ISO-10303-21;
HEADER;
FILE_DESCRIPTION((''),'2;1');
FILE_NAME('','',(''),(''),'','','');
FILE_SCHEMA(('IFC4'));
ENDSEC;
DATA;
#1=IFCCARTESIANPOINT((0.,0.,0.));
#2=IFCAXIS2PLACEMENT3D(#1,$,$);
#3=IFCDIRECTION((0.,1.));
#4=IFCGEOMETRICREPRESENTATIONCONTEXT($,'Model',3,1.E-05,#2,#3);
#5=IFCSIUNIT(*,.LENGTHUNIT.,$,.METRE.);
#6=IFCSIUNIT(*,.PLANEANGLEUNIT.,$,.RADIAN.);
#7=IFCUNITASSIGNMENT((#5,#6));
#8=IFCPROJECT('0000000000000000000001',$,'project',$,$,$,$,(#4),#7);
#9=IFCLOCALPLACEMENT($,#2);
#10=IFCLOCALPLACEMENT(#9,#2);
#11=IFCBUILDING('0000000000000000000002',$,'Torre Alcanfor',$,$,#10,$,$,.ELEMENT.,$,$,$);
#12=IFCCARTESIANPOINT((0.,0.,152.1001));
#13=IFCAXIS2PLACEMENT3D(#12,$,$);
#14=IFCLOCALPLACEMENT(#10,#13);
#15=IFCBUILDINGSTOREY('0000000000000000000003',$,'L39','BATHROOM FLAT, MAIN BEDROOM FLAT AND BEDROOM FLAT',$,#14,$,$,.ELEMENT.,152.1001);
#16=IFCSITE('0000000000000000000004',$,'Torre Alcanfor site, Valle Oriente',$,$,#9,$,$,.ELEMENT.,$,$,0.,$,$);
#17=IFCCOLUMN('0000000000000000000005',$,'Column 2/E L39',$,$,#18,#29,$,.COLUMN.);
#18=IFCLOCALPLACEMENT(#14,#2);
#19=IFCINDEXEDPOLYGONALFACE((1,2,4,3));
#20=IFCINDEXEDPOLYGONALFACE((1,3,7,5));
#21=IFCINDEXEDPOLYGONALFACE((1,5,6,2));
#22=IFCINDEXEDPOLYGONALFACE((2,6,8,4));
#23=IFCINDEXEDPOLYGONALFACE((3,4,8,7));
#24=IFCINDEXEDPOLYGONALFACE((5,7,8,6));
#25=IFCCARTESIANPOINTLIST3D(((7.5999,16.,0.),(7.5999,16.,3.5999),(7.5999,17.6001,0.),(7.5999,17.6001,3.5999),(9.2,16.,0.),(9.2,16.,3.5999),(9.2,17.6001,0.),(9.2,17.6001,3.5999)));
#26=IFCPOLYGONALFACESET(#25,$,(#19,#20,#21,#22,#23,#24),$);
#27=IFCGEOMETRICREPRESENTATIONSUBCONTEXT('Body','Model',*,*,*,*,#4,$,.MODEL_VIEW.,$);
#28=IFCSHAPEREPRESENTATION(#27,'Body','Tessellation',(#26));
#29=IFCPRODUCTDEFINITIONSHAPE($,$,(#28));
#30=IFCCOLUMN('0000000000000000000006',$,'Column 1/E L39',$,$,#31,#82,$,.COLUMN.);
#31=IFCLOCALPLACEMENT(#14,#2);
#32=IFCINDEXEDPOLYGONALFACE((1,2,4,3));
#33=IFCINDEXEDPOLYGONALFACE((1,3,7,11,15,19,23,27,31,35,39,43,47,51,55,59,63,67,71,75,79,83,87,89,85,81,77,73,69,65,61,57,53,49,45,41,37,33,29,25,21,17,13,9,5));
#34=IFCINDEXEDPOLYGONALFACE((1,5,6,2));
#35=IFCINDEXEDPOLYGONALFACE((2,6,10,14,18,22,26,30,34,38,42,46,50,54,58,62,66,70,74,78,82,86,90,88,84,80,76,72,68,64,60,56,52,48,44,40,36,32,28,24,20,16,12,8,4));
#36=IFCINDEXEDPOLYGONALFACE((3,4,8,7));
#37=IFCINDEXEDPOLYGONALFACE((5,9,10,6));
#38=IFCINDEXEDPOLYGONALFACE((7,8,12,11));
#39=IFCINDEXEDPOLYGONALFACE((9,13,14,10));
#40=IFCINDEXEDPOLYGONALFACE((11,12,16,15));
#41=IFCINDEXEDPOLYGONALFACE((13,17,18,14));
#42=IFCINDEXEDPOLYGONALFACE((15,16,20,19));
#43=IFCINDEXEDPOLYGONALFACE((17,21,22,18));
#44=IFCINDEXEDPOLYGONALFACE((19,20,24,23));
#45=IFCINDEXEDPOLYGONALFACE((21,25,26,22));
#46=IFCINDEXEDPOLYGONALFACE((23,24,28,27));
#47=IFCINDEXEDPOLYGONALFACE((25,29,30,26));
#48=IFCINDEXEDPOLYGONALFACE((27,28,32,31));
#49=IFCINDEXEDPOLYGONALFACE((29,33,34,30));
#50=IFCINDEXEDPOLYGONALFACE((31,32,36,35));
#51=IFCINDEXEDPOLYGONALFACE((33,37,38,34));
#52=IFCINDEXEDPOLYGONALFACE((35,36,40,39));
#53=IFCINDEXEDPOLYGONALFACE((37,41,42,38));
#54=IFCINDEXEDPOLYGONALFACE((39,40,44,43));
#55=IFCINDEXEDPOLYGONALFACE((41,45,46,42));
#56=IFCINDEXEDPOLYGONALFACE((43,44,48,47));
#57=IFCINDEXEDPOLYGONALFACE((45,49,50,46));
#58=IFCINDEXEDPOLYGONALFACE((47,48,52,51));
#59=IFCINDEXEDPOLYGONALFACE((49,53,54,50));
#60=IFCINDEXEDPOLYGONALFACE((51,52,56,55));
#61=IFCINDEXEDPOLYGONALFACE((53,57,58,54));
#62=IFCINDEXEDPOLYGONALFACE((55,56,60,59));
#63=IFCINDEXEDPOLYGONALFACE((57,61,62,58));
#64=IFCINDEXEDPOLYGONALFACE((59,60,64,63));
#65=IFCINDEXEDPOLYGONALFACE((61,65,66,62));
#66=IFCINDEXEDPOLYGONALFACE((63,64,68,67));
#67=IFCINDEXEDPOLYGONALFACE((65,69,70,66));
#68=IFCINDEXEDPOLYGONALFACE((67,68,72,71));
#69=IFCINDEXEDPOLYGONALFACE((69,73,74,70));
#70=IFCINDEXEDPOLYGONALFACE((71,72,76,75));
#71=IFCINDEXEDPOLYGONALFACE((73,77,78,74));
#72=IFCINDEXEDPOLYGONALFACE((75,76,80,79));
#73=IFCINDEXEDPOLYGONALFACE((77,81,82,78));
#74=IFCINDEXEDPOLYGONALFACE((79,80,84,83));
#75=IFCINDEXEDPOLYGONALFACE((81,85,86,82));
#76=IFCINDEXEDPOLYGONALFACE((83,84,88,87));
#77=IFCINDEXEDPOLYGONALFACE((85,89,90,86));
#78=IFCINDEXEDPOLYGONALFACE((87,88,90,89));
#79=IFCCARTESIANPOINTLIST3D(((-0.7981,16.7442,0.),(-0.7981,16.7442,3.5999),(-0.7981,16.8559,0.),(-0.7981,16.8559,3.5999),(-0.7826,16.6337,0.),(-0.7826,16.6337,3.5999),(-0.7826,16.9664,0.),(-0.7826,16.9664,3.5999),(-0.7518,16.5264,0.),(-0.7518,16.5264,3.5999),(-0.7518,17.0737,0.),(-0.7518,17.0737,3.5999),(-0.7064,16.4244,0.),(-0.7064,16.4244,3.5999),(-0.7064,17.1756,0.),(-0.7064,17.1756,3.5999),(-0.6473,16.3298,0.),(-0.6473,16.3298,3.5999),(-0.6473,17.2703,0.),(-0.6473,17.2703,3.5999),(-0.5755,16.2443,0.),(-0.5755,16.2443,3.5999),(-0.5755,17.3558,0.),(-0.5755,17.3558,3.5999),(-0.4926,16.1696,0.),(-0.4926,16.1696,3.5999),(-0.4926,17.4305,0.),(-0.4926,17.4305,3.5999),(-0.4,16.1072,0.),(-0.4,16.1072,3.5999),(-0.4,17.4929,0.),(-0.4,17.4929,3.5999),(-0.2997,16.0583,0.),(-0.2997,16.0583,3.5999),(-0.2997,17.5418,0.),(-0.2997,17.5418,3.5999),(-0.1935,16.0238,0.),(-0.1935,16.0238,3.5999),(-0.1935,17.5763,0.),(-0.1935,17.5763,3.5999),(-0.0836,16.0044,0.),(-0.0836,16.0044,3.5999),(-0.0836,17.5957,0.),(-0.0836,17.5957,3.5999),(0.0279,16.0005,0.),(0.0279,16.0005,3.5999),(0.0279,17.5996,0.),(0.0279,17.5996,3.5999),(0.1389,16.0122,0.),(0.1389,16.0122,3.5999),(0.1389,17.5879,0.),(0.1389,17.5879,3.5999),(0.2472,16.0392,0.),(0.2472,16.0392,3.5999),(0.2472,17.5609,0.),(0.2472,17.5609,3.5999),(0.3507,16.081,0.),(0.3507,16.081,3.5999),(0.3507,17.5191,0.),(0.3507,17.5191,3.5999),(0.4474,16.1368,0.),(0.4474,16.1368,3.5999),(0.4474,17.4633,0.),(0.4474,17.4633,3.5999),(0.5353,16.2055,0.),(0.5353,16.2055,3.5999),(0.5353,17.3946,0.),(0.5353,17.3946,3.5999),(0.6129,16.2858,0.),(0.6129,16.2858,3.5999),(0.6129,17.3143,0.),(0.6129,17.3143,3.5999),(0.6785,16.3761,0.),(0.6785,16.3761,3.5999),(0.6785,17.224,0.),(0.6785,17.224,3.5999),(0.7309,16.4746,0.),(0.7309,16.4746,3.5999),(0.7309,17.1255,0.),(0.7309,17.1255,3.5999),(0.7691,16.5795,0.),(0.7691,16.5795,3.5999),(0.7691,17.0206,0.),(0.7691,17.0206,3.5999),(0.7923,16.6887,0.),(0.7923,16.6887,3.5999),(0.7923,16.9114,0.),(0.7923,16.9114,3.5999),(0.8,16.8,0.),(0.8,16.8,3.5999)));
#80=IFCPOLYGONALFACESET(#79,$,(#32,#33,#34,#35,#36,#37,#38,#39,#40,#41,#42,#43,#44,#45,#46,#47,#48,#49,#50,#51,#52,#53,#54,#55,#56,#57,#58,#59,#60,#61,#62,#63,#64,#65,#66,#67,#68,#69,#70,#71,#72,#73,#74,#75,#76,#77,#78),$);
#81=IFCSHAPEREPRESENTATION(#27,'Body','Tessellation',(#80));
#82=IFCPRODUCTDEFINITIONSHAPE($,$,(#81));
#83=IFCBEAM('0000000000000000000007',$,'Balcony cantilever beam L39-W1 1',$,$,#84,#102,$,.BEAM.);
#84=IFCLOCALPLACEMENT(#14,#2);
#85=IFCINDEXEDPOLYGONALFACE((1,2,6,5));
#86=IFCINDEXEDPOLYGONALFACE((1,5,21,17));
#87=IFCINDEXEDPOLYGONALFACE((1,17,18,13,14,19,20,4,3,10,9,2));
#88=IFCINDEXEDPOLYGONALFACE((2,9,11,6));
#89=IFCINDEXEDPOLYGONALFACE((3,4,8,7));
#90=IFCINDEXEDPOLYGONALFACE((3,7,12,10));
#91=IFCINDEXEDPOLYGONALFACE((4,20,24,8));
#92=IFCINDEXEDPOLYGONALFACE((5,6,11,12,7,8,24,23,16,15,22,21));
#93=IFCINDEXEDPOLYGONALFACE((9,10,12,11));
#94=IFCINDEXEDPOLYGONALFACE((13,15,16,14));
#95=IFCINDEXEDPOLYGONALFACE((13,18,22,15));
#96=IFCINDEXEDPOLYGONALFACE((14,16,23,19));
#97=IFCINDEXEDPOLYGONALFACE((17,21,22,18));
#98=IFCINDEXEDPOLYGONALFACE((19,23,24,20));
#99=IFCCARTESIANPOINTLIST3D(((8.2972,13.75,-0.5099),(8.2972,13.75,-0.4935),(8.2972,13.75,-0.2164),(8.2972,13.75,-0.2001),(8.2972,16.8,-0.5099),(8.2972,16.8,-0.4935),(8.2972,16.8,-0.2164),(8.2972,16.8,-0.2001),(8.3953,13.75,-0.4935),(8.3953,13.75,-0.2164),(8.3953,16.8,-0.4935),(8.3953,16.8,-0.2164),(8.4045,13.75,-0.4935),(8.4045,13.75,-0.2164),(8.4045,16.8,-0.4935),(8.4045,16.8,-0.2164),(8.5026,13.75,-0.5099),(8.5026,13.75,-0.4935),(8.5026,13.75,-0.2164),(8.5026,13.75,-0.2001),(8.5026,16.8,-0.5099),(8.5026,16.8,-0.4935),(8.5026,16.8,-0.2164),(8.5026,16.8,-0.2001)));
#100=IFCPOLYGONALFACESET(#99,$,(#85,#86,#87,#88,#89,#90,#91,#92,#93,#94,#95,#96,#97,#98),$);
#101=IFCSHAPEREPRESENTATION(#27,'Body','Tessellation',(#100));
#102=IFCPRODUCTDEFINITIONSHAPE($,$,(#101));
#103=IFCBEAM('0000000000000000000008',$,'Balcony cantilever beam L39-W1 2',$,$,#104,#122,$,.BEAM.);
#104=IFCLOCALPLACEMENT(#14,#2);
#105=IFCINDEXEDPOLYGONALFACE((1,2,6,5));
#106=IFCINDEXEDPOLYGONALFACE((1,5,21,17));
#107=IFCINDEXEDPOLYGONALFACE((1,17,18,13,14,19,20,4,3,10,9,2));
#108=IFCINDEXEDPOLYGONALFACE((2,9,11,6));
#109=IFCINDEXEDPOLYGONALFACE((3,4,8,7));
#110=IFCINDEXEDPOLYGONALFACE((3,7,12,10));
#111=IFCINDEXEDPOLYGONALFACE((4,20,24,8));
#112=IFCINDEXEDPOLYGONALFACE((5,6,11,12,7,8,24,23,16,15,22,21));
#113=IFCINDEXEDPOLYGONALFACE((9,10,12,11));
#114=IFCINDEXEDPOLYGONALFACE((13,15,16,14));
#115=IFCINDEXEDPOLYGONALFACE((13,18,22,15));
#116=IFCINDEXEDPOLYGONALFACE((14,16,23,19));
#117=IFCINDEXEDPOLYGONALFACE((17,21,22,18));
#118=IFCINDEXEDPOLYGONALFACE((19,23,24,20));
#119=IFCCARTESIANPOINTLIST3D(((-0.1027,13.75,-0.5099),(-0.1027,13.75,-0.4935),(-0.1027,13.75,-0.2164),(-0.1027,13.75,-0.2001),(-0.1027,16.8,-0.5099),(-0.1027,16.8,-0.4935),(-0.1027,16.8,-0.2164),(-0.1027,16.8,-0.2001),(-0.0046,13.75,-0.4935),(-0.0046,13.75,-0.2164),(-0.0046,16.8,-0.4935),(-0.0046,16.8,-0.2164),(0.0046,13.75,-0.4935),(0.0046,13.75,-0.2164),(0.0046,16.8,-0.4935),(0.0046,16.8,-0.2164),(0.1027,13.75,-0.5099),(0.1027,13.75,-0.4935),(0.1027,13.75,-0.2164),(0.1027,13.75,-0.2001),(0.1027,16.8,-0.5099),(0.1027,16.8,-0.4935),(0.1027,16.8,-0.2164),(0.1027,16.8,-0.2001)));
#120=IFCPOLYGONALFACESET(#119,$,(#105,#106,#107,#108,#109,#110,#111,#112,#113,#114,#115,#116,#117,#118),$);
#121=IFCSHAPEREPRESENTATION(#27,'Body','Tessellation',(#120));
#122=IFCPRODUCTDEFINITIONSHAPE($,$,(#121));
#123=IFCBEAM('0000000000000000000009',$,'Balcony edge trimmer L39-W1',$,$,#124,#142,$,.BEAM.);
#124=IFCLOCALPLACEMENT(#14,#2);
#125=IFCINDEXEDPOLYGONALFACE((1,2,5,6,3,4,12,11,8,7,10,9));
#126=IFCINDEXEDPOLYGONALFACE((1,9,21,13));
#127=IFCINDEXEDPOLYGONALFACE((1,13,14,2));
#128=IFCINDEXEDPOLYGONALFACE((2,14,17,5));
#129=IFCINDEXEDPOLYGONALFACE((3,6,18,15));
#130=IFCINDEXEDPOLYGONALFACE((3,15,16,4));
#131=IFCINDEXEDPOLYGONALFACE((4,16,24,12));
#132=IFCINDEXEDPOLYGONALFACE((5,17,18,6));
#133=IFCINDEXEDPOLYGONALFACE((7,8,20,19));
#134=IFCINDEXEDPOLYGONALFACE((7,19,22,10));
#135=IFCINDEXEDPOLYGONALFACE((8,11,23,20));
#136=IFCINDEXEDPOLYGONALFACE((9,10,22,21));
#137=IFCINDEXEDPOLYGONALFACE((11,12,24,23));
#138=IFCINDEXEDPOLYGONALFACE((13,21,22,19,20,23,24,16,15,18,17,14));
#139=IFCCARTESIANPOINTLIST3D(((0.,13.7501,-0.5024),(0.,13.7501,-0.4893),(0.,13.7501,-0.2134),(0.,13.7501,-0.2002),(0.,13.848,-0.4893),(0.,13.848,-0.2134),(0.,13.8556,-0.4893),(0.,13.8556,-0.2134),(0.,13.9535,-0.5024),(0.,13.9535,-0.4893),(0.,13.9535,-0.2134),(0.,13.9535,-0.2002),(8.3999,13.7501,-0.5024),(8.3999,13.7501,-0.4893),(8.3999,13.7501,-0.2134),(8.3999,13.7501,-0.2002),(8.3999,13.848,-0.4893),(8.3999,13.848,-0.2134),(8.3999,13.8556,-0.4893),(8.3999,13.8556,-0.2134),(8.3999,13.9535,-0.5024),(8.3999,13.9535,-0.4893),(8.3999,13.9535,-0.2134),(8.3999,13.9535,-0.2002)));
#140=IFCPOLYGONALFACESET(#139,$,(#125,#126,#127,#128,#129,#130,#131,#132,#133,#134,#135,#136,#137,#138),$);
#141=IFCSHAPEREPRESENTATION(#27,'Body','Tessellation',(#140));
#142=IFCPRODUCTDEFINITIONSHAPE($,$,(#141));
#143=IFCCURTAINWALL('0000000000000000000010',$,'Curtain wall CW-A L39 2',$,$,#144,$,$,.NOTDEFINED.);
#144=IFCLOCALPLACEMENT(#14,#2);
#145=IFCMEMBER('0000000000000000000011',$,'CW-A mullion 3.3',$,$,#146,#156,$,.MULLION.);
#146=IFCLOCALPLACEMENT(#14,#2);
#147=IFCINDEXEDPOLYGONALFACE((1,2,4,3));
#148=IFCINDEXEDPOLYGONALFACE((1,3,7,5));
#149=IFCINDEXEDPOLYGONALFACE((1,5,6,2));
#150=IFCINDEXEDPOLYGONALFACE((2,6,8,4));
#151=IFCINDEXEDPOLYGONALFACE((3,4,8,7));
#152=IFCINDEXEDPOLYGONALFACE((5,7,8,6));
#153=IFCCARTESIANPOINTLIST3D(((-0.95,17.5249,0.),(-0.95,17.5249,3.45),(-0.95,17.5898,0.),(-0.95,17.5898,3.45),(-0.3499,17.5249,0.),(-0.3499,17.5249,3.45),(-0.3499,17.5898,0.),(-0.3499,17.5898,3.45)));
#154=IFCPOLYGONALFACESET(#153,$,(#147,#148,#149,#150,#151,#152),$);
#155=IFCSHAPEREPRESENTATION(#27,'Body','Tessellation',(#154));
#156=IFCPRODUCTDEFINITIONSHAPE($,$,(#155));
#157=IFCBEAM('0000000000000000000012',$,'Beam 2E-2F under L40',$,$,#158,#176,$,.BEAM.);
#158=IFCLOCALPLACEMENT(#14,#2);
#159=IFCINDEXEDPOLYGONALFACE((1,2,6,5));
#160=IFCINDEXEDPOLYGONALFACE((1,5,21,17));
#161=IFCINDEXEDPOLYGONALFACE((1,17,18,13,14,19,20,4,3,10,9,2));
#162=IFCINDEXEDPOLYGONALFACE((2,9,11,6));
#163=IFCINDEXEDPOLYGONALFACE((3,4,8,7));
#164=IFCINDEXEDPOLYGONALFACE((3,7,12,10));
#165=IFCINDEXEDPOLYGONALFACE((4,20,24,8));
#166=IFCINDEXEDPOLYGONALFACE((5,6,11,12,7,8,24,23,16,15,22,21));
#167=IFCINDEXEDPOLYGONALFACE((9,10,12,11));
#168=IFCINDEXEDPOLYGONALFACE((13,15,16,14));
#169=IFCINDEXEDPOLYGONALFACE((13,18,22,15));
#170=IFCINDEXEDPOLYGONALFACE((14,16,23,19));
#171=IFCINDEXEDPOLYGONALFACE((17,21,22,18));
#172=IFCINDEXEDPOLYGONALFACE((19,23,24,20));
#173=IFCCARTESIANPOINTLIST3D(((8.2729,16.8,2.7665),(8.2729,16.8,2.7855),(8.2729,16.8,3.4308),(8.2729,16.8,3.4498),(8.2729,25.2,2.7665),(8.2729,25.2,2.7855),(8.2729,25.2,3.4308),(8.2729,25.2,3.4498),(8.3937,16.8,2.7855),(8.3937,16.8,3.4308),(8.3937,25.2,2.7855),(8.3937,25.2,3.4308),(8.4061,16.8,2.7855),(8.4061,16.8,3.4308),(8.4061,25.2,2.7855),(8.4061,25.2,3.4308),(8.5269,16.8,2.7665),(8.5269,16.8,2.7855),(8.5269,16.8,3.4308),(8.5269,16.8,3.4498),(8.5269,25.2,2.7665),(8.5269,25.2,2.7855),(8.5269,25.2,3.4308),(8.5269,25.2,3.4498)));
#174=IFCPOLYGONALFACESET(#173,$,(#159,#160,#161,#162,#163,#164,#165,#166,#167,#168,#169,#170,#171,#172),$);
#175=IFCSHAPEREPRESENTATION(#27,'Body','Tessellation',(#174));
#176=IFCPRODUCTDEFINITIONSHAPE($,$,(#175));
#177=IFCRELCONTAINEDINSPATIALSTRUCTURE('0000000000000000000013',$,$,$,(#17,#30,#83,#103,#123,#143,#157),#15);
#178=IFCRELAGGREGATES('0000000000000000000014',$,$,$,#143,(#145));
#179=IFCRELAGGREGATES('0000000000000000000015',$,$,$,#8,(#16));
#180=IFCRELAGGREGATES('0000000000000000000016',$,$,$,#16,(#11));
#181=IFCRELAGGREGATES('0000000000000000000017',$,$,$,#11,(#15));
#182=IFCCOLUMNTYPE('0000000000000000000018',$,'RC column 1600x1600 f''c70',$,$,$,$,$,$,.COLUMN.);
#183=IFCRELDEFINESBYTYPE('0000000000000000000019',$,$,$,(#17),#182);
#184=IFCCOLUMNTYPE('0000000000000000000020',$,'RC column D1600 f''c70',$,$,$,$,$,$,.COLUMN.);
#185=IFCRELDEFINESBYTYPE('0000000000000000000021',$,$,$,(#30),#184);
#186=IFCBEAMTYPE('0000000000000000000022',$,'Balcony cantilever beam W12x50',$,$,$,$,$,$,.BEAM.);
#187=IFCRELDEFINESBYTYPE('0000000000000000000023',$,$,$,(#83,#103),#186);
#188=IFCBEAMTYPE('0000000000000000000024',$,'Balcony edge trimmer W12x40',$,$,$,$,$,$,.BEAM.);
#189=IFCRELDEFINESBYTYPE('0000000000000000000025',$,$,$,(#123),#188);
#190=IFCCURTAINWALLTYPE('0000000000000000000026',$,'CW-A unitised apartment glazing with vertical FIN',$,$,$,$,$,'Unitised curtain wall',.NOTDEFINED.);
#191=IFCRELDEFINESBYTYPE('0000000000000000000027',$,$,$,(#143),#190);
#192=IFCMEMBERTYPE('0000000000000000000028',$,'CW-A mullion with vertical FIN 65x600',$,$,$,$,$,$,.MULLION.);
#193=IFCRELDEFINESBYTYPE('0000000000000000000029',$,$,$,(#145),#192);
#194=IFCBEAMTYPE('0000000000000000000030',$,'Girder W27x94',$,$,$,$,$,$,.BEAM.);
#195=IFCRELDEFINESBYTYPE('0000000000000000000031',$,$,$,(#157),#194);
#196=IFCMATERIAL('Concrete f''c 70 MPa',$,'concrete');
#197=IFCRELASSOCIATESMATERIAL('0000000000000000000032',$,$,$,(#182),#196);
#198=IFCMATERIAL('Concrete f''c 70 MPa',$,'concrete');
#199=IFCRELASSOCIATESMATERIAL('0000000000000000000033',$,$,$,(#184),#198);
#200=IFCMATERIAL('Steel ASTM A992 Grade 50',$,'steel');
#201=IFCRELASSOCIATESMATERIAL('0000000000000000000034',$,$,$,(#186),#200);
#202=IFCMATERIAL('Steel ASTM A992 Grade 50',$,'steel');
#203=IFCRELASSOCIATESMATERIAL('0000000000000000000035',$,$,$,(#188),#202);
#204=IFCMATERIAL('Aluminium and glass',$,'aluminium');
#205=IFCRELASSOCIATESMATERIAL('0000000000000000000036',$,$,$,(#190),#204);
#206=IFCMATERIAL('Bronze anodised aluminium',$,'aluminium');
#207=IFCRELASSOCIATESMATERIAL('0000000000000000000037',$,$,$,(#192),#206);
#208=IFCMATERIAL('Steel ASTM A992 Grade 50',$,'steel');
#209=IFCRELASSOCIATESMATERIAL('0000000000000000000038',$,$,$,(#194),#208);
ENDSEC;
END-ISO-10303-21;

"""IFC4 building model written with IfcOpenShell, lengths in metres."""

from ifc_helpers import new_model, si_unit, direction, frame, origin, origin_2d, place, context, subcontext, project, spatial, rectangle, circle, i_section, extrude, material, material_profile, profile_set, type_object, element, aggregate, save


model = new_model("IFC4")

# Units and contexts
model_context = context("Model", 3, precision=1e-05, world=origin(), true_north=direction((0.0, 1.0)))
body_context = subcontext(model_context, "Body", "Model", "MODEL_VIEW")
ifc_project = project(units=[si_unit("LENGTHUNIT", "METRE"), si_unit("PLANEANGLEUNIT", "RADIAN")], contexts=[model_context])

# Site, building, storey
site_placement = place(None, origin())
site = spatial("IfcSite", under=ifc_project, at=site_placement, Name="Torre Alcanfor site, Valle Oriente", CompositionType="ELEMENT", RefElevation=0.0)
building_placement = place(site_placement, origin())
building = spatial("IfcBuilding", under=site, at=building_placement, Name="Torre Alcanfor", CompositionType="ELEMENT")
storey_placement = place(building_placement, frame((0.0, 0.0, 152.1001)))
storey = spatial("IfcBuildingStorey", under=building, at=storey_placement, Name="L39", Description="BATHROOM FLAT, MAIN BEDROOM FLAT AND BEDROOM FLAT", CompositionType="ELEMENT", Elevation=152.1001)

# Columns
ifc_material_1 = material(Name="Concrete f'c 70 MPa", Category="concrete")
ifc_material_profile_1 = material_profile(ifc_material_1, rectangle(XDim=1.6001, YDim=1.6001, at=origin_2d()), Name="1600x1600")
ifc_profile_set_1 = profile_set([ifc_material_profile_1], Name="Concrete f'c 70 MPa")
column_type_1 = type_object("IfcColumnType", Name="RC column 1600x1600 f'c70", PredefinedType="COLUMN", material=ifc_profile_set_1)
column_1_placement = place(storey_placement, frame((8.3999, 16.8, 0.0), z_axis=(0.0, 0.0, 1.0), x_axis=(1.0, 0.0, 0.0)))
element("IfcColumn", 1, at=column_1_placement, inside=storey, type_object=column_type_1, Name="Column 2/E L39", PredefinedType="COLUMN", context=body_context, shape_type="SweptSolid", body=[
    extrude(rectangle(XDim=1.6001, YDim=1.6001, at=origin_2d()), origin(), (0.0, 0.0, 1.0), 3.5999),
])
ifc_material_2 = material(Name="Concrete f'c 70 MPa", Category="concrete")
ifc_material_profile_2 = material_profile(ifc_material_2, circle(Radius=0.8, at=origin_2d()), Name="D1600")
ifc_profile_set_2 = profile_set([ifc_material_profile_2], Name="Concrete f'c 70 MPa")
column_type_2 = type_object("IfcColumnType", Name="RC column D1600 f'c70", PredefinedType="COLUMN", material=ifc_profile_set_2)
column_2_placement = place(storey_placement, frame((0.0, 16.8, 0.0), z_axis=(0.0, 0.0, 1.0), x_axis=(1.0, 0.0, 0.0)))
element("IfcColumn", 2, at=column_2_placement, inside=storey, type_object=column_type_2, Name="Column 1/E L39", PredefinedType="COLUMN", context=body_context, shape_type="SweptSolid", body=[
    extrude(circle(Radius=0.8, at=origin_2d()), origin(), (0.0, 0.0, 1.0), 3.5999),
])

# Beams
ifc_material_3 = material(Name="Steel ASTM A992 Grade 50", Category="steel")
ifc_material_profile_3 = material_profile(ifc_material_3, i_section(OverallWidth=0.2053, OverallDepth=0.3098, WebThickness=0.0093, FlangeThickness=0.0164, at=origin_2d()), Name="W12x50")
ifc_profile_set_3 = profile_set([ifc_material_profile_3], Name="Steel ASTM A992 Grade 50")
beam_type_1 = type_object("IfcBeamType", Name="Balcony cantilever beam W12x50", PredefinedType="BEAM", material=ifc_profile_set_3)
for number, where, z_axis, x_axis, name in (
    (3, (8.3999, 16.8, -0.355), (0.0, -1.0, 0.0), (1.0, 0.0, 0.0), "Balcony cantilever beam L39-W1 1"),
    (4, (0.0, 16.8, -0.355), (0.0, -1.0, 0.0), (1.0, 0.0, 0.0), "Balcony cantilever beam L39-W1 2"),
):
    element("IfcBeam", number, at=place(storey_placement, frame(where, z_axis=z_axis, x_axis=x_axis)), inside=storey, type_object=beam_type_1, Name=name, PredefinedType="BEAM", context=body_context, shape_type="SweptSolid", body=[
        extrude(i_section(OverallWidth=0.2053, OverallDepth=0.3098, WebThickness=0.0093, FlangeThickness=0.0164, at=origin_2d()), origin(), (0.0, 0.0, 1.0), 3.05),
    ])
ifc_material_4 = material(Name="Steel ASTM A992 Grade 50", Category="steel")
ifc_material_profile_4 = material_profile(ifc_material_4, i_section(OverallWidth=0.2034, OverallDepth=0.3022, WebThickness=0.0076, FlangeThickness=0.0132, at=origin_2d()), Name="W12x40")
ifc_profile_set_4 = profile_set([ifc_material_profile_4], Name="Steel ASTM A992 Grade 50")
beam_type_2 = type_object("IfcBeamType", Name="Balcony edge trimmer W12x40", PredefinedType="BEAM", material=ifc_profile_set_4)
beam_1_placement = place(storey_placement, frame((8.3999, 13.8518, -0.3513), z_axis=(-1.0, 0.0, 0.0), x_axis=(0.0, -1.0, 0.0)))
element("IfcBeam", 5, at=beam_1_placement, inside=storey, type_object=beam_type_2, Name="Balcony edge trimmer L39-W1", PredefinedType="BEAM", context=body_context, shape_type="SweptSolid", body=[
    extrude(i_section(OverallWidth=0.2034, OverallDepth=0.3022, WebThickness=0.0076, FlangeThickness=0.0132, at=origin_2d()), origin(), (0.0, 0.0, 1.0), 8.3999),
])

# Curtain wall, member
ifc_material_5 = material(Name="Aluminium and glass", Category="aluminium")
curtain_wall_type = type_object("IfcCurtainWallType", Name="CW-A unitised apartment glazing with vertical FIN", ElementType="Unitised curtain wall", PredefinedType="NOTDEFINED", material=ifc_material_5)
curtain_wall_placement = place(storey_placement, origin())
curtain_wall = element("IfcCurtainWall", 6, at=curtain_wall_placement, inside=storey, type_object=curtain_wall_type, Name="Curtain wall CW-A L39 2", PredefinedType="NOTDEFINED")
ifc_material_6 = material(Name="Bronze anodised aluminium", Category="aluminium")
ifc_material_profile_5 = material_profile(ifc_material_6, rectangle(XDim=0.6001, YDim=0.0649, at=origin_2d()), Name="CW-A mullion 65x600")
ifc_profile_set_5 = profile_set([ifc_material_profile_5], Name="Bronze anodised aluminium")
member_type = type_object("IfcMemberType", Name="CW-A mullion with vertical FIN 65x600", PredefinedType="MULLION", material=ifc_profile_set_5)
member_placement = place(storey_placement, frame((-0.6499, 17.5574, 0.0), z_axis=(0.0, 0.0, 1.0), x_axis=(1.0, 0.0, 0.0)))
member = element("IfcMember", 7, at=member_placement, type_object=member_type, Name="CW-A mullion 3.3", PredefinedType="MULLION", context=body_context, shape_type="SweptSolid", body=[
    extrude(rectangle(XDim=0.6001, YDim=0.0649, at=origin_2d()), origin(), (0.0, 0.0, 1.0), 3.45),
])

# Beam
ifc_material_7 = material(Name="Steel ASTM A992 Grade 50", Category="steel")
ifc_material_profile_6 = material_profile(ifc_material_7, i_section(OverallWidth=0.2539, OverallDepth=0.6833, WebThickness=0.0125, FlangeThickness=0.019, at=origin_2d()), Name="W27x94")
ifc_profile_set_6 = profile_set([ifc_material_profile_6], Name="Steel ASTM A992 Grade 50")
beam_type_3 = type_object("IfcBeamType", Name="Girder W27x94", PredefinedType="BEAM", material=ifc_profile_set_6)
beam_2_placement = place(storey_placement, frame((8.3999, 16.8, 3.1082), z_axis=(0.0, 1.0, 0.0), x_axis=(-1.0, 0.0, 0.0)))
element("IfcBeam", 8, at=beam_2_placement, inside=storey, type_object=beam_type_3, Name="Beam 2E-2F under L40", PredefinedType="BEAM", context=body_context, shape_type="SweptSolid", body=[
    extrude(i_section(OverallWidth=0.2539, OverallDepth=0.6833, WebThickness=0.0125, FlangeThickness=0.019, at=origin_2d()), origin(), (0.0, 0.0, 1.0), 8.3999),
])

aggregate(curtain_wall, [member])

save(model, "model.ifc")
